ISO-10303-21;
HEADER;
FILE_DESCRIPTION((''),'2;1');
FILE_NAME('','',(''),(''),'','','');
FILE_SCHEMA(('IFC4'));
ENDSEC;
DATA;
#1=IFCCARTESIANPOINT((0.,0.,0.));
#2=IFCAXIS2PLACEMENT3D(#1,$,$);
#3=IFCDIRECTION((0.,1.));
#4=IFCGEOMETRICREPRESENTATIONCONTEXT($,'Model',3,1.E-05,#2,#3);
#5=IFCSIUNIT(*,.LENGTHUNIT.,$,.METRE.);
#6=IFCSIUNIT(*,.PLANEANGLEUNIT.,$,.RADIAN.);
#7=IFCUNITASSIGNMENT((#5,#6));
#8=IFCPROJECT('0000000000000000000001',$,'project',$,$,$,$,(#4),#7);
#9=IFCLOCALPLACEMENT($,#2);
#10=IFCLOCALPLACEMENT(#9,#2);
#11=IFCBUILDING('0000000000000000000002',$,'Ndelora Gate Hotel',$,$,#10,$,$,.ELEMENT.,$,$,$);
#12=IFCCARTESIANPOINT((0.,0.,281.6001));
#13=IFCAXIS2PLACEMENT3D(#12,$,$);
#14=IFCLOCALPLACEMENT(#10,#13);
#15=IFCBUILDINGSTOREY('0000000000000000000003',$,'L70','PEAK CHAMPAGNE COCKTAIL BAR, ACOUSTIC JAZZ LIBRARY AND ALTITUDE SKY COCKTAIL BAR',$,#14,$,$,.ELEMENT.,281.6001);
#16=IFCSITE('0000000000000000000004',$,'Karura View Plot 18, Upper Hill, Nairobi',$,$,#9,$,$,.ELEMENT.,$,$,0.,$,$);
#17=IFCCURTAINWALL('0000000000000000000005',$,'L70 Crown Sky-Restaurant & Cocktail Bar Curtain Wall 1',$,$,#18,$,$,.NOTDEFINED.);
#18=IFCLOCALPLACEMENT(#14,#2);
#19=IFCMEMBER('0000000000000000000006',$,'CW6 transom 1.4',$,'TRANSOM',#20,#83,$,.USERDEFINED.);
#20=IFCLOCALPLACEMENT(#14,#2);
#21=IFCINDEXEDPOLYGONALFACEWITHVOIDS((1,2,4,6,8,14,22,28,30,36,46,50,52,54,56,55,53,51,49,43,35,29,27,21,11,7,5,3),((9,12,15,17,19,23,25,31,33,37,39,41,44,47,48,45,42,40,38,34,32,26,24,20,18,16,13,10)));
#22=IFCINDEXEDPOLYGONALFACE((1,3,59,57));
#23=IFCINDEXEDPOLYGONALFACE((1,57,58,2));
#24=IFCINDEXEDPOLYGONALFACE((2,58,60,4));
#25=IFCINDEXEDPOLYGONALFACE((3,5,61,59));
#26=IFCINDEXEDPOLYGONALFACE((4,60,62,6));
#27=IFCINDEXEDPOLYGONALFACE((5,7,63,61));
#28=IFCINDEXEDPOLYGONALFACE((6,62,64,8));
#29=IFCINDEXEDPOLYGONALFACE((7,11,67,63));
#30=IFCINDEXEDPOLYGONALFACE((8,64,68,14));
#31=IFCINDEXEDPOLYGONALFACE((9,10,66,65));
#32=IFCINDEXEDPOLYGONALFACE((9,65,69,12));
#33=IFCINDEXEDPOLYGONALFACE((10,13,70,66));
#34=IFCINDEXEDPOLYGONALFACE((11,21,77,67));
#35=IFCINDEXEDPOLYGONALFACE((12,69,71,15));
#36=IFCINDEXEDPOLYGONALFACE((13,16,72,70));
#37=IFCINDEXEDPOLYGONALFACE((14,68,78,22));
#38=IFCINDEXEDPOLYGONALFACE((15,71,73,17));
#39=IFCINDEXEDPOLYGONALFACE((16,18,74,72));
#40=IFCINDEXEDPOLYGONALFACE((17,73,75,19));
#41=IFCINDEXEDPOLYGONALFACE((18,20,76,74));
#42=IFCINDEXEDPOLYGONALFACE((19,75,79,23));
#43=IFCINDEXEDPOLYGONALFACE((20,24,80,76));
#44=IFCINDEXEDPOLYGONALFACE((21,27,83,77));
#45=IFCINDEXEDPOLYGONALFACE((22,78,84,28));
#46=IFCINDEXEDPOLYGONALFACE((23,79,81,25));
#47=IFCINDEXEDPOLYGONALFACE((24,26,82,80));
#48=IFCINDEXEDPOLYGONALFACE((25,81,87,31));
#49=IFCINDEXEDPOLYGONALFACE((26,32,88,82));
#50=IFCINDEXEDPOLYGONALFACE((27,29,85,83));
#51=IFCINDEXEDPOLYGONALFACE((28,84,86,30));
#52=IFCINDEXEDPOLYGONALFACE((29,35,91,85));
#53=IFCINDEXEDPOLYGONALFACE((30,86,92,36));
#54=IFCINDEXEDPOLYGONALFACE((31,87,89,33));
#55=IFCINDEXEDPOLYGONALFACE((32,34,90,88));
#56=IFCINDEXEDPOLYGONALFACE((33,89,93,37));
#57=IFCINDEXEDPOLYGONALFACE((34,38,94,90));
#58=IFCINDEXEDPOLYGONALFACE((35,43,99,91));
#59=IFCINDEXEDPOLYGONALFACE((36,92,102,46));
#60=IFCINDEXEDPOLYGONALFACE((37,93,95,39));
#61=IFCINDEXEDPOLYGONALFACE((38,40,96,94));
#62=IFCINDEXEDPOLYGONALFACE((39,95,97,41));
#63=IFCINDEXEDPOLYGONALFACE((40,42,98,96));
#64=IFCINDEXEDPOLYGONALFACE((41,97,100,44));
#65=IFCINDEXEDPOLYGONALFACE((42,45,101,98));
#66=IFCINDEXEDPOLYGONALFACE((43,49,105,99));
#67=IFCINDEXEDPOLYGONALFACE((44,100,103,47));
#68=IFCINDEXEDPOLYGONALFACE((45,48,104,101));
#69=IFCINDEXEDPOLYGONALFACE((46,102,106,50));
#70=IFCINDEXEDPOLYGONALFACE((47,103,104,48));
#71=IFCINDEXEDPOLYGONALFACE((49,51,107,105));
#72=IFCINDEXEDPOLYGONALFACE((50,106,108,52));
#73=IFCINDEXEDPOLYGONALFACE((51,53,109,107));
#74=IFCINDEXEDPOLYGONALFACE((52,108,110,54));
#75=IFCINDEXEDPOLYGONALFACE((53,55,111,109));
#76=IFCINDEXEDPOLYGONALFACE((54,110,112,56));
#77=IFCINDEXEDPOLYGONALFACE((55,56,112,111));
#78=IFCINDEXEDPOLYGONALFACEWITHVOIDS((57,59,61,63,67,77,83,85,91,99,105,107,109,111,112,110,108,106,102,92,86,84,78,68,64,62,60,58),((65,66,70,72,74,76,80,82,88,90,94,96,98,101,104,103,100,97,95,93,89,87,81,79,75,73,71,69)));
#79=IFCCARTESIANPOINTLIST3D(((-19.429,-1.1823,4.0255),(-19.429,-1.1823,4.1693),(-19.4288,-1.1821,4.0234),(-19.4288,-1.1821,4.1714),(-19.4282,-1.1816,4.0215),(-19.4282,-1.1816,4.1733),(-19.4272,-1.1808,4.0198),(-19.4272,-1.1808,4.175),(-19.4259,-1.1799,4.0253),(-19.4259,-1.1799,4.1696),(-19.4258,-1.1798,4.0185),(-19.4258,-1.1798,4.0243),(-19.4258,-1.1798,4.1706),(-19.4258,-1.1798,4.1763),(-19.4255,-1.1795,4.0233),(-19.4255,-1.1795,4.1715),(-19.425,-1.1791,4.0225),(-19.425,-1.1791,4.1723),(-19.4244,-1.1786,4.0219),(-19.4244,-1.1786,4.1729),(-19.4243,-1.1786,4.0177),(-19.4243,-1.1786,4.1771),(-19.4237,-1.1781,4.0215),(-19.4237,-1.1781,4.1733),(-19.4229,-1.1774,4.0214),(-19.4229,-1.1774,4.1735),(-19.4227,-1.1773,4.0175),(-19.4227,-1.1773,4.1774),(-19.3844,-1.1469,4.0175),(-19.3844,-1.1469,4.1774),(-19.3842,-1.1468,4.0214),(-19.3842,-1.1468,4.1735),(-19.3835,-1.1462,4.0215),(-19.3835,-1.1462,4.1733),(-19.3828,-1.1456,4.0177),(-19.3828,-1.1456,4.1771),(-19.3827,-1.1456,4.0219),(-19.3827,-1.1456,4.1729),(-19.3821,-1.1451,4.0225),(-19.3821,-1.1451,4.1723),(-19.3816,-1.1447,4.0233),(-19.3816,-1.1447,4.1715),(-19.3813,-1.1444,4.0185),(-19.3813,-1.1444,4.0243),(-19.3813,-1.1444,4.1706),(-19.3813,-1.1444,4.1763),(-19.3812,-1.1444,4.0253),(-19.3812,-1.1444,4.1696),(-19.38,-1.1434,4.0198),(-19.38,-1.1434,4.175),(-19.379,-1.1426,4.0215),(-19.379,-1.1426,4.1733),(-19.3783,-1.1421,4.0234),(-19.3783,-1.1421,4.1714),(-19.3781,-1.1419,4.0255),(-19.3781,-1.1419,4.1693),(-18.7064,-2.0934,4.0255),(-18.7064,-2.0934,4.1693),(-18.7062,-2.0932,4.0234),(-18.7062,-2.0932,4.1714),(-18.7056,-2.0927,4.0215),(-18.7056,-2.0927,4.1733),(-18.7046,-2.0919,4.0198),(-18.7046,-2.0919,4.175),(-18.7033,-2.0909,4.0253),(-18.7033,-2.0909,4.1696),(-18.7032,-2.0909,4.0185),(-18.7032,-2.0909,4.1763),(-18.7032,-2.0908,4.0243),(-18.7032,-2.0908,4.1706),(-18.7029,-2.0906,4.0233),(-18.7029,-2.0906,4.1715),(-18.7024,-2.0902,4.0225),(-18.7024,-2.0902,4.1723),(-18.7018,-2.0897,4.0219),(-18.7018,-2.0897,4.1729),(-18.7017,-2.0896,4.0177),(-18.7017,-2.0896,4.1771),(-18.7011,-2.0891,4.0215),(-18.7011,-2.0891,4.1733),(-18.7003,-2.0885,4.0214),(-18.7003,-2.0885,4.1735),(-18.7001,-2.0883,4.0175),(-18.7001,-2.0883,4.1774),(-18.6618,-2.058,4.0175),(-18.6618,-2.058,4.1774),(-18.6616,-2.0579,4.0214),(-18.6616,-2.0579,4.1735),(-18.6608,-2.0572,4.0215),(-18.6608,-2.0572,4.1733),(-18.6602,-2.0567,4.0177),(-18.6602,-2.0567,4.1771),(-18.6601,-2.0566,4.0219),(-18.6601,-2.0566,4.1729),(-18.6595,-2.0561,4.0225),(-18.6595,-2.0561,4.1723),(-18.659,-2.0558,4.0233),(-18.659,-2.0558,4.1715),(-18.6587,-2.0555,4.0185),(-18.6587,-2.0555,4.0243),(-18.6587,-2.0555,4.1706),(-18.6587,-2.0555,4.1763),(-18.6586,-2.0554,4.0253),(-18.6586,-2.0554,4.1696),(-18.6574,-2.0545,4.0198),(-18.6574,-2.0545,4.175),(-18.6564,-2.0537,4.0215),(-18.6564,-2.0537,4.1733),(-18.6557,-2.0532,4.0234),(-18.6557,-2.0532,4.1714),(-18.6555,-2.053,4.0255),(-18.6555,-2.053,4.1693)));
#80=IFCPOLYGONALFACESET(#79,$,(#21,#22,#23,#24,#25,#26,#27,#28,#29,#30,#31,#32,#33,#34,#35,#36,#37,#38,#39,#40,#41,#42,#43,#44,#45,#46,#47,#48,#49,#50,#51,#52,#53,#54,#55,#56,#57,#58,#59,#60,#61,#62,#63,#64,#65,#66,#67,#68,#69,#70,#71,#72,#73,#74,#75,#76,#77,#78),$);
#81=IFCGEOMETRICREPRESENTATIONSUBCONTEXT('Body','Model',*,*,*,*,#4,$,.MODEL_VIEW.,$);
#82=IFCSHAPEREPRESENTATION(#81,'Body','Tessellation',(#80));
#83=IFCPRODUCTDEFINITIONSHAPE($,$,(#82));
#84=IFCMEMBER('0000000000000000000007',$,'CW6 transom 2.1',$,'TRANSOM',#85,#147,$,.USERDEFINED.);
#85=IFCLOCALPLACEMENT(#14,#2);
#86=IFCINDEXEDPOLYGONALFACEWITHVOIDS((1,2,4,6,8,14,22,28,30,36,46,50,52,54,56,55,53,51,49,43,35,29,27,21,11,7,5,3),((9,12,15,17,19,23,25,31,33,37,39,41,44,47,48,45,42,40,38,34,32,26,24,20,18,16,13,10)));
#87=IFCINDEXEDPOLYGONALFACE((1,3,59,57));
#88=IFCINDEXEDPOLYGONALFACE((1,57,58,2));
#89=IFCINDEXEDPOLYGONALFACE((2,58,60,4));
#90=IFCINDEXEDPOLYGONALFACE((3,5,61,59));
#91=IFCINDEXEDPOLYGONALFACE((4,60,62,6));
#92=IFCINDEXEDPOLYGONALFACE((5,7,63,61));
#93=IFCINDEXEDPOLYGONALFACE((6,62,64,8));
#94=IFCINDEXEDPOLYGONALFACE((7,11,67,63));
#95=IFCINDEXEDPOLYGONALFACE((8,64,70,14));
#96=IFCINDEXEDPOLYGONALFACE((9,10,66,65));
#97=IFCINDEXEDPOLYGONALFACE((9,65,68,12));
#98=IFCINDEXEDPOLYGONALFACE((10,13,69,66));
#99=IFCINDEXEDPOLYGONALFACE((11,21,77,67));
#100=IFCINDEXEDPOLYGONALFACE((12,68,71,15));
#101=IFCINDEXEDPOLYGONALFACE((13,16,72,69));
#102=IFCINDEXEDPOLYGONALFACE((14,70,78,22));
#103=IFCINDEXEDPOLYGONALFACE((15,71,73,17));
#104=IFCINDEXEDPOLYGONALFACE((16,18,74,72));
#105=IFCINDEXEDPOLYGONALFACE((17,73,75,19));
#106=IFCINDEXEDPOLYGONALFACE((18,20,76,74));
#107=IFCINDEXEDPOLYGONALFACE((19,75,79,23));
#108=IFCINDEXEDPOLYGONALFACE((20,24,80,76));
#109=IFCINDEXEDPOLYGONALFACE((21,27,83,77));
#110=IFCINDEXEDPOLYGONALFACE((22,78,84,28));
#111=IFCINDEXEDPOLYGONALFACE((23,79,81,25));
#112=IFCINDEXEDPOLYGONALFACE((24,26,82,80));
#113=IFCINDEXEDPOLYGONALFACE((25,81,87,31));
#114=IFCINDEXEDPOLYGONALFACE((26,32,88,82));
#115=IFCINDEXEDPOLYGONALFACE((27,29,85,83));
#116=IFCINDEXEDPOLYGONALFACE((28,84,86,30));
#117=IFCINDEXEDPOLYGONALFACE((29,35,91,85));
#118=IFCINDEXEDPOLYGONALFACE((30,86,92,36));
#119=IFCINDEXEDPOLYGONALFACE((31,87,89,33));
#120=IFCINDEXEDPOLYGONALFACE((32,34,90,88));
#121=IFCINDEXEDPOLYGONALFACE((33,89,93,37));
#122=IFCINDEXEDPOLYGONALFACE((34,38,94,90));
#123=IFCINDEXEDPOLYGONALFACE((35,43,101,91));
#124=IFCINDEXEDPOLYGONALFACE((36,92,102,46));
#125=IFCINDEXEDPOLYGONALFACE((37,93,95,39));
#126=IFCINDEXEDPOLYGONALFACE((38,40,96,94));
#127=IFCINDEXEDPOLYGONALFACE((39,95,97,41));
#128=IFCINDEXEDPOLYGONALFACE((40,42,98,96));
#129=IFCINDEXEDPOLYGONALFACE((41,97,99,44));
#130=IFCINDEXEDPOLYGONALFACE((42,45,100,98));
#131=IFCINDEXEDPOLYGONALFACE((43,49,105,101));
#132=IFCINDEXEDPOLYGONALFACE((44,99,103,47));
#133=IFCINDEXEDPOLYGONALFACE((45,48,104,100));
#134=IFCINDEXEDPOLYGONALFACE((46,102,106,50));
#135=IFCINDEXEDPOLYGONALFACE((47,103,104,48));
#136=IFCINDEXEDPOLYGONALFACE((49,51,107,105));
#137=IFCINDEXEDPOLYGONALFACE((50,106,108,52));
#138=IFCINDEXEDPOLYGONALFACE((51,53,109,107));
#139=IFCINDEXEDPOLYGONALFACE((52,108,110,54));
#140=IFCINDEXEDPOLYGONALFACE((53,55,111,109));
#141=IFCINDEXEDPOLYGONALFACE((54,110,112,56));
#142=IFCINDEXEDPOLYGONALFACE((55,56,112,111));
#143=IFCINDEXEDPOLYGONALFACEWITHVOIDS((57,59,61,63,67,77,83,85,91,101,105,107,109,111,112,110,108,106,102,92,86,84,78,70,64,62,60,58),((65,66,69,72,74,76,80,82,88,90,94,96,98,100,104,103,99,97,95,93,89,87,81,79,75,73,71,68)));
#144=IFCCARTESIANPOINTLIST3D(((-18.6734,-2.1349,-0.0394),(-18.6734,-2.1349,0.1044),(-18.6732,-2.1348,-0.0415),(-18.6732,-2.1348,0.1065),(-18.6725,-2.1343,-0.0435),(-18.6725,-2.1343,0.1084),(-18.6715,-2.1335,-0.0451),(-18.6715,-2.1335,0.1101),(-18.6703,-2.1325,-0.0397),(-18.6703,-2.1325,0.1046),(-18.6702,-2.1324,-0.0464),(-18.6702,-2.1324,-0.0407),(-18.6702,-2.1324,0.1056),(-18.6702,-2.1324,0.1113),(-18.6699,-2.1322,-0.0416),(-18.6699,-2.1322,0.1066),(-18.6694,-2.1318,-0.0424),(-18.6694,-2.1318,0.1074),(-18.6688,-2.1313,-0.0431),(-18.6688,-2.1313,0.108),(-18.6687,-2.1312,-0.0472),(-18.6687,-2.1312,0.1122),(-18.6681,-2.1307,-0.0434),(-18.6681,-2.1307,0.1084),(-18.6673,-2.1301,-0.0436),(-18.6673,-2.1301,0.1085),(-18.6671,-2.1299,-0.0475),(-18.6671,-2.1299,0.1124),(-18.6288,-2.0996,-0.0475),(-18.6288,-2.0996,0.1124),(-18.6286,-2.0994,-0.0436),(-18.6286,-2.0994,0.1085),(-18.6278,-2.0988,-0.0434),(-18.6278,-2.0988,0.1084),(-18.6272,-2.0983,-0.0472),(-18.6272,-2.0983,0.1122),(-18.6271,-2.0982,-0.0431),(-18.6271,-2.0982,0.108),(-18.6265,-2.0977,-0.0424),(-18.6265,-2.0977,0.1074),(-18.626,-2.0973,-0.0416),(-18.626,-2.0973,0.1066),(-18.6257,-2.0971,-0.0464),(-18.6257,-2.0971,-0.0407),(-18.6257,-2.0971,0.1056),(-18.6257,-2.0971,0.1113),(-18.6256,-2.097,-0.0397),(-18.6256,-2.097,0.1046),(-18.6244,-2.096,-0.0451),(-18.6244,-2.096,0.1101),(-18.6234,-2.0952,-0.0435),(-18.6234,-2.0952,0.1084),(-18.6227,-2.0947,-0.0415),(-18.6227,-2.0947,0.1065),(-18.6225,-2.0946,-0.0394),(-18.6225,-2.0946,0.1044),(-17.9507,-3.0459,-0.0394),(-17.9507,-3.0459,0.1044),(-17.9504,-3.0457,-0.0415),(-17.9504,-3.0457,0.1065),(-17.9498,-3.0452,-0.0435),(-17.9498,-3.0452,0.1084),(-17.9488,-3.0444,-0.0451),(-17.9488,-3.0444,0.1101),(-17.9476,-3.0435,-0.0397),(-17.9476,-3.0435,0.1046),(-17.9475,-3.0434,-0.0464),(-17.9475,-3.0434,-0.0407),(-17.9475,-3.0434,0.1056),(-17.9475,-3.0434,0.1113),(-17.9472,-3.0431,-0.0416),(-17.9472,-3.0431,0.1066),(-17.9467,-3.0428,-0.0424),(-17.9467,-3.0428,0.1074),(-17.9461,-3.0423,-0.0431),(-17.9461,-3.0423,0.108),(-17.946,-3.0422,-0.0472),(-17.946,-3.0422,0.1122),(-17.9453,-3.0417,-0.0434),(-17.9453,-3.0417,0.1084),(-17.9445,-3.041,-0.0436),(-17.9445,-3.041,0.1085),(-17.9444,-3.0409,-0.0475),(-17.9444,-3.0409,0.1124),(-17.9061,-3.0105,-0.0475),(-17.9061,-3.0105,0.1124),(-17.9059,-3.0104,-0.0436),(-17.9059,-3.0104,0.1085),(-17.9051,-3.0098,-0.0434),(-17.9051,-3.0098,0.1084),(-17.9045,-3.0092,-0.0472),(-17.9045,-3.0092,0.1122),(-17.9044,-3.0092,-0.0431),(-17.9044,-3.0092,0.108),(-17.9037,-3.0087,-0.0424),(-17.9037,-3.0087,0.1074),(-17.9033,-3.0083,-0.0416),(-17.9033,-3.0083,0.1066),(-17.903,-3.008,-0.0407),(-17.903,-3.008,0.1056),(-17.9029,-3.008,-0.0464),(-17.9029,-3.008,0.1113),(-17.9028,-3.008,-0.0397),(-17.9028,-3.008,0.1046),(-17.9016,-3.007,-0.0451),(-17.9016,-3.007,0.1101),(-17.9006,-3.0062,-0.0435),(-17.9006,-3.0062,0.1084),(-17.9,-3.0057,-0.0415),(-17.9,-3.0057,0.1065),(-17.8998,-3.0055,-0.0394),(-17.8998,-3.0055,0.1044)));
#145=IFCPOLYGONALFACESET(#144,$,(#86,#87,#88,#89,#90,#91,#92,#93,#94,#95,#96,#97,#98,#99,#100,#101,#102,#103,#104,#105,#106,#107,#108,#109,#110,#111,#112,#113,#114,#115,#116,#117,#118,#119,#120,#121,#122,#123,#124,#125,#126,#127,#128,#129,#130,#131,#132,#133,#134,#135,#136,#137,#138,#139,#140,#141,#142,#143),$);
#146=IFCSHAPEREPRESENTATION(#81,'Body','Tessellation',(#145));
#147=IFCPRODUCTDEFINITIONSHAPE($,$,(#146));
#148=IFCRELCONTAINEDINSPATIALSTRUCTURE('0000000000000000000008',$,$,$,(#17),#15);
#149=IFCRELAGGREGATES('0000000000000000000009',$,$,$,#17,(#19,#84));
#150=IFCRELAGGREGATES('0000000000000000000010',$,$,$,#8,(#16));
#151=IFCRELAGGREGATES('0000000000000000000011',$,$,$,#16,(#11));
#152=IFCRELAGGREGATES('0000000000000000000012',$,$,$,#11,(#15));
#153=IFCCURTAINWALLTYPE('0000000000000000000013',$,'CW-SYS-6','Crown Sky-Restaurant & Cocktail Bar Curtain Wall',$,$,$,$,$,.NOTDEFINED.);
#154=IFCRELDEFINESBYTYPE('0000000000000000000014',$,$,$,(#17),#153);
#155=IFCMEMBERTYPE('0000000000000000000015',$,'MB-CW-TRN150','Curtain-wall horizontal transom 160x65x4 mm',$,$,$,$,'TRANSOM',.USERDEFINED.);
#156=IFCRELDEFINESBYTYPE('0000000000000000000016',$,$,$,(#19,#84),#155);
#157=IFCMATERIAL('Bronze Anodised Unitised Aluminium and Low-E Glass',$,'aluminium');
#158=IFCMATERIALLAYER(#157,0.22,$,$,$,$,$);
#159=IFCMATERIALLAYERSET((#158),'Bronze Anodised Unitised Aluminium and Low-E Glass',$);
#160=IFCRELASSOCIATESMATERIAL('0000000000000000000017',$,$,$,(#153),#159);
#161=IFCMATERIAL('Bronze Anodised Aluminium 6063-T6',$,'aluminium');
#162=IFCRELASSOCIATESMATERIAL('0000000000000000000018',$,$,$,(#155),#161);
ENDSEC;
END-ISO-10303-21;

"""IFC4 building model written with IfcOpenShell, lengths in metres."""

from ifc_helpers import new_model, si_unit, direction, frame, origin, origin_2d, place, context, subcontext, project, spatial, hollow_rectangle, extrude, material, layer, layer_set, material_profile, profile_set, type_object, element, aggregate, save


model = new_model("IFC4")

# Units and contexts
model_context = context("Model", 3, precision=1e-05, world=origin(), true_north=direction((0.0, 1.0)))
body_context = subcontext(model_context, "Body", "Model", "MODEL_VIEW")
ifc_project = project(units=[si_unit("LENGTHUNIT", "METRE"), si_unit("PLANEANGLEUNIT", "RADIAN")], contexts=[model_context])

# Site, building, storey
site_placement = place(None, origin())
site = spatial("IfcSite", under=ifc_project, at=site_placement, Name="Karura View Plot 18, Upper Hill, Nairobi", CompositionType="ELEMENT", RefElevation=0.0)
building_placement = place(site_placement, origin())
building = spatial("IfcBuilding", under=site, at=building_placement, Name="Ndelora Gate Hotel", CompositionType="ELEMENT")
storey_placement = place(building_placement, frame((0.0, 0.0, 281.6001)))
storey = spatial("IfcBuildingStorey", under=building, at=storey_placement, Name="L70", Description="PEAK CHAMPAGNE COCKTAIL BAR, ACOUSTIC JAZZ LIBRARY AND ALTITUDE SKY COCKTAIL BAR", CompositionType="ELEMENT", Elevation=281.6001)

# Curtain wall, members
ifc_material_1 = material(Name="Bronze Anodised Unitised Aluminium and Low-E Glass", Category="aluminium")
ifc_layer_1 = layer(ifc_material_1, 0.22)
ifc_layer_set_1 = layer_set([ifc_layer_1], Name="Bronze Anodised Unitised Aluminium and Low-E Glass")
curtain_wall_type = type_object("IfcCurtainWallType", Name="CW-SYS-6", Description="Crown Sky-Restaurant & Cocktail Bar Curtain Wall", PredefinedType="NOTDEFINED", material=ifc_layer_set_1)
curtain_wall_placement = place(storey_placement, origin())
curtain_wall = element("IfcCurtainWall", 1, at=curtain_wall_placement, inside=storey, type_object=curtain_wall_type, Name="L70 Crown Sky-Restaurant & Cocktail Bar Curtain Wall 1", PredefinedType="NOTDEFINED")
ifc_material_2 = material(Name="Bronze Anodised Aluminium 6063-T6", Category="aluminium")
ifc_material_profile_1 = material_profile(ifc_material_2, hollow_rectangle(XDim=0.0649, YDim=0.1599, WallThickness=0.0039, InnerFilletRadius=0.0039, OuterFilletRadius=0.0081, at=origin_2d()), Name="ALU 160x65x4")
ifc_profile_set_1 = profile_set([ifc_material_profile_1], Name="Bronze Anodised Aluminium 6063-T6")
member_type_1 = type_object("IfcMemberType", Name="MB-CW-TRN150", Description="Curtain-wall horizontal transom 160x65x4 mm", ElementType="TRANSOM", PredefinedType="USERDEFINED", material=ifc_profile_set_1)
member_1_placement = place(storey_placement, frame((-19.4036, -1.1621, 4.0974), z_axis=(0.621412, -0.783484, 0.0), x_axis=(0.783484, 0.621412, 0.0)))
member_1 = element("IfcMember", 2, at=member_1_placement, type_object=member_type_1, Name="CW6 transom 1.4", ObjectType="TRANSOM", PredefinedType="USERDEFINED", context=body_context, shape_type="SweptSolid", body=[
    extrude(hollow_rectangle(XDim=0.0649, YDim=0.1599, WallThickness=0.0039, InnerFilletRadius=0.0039, OuterFilletRadius=0.0081, at=origin_2d()), origin(), (0.0, 0.0, 1.0), 1.1628),
])
member_2_placement = place(storey_placement, frame((-18.6479, -2.1147, 0.0325), z_axis=(0.621515, -0.783402, 0.0), x_axis=(0.783402, 0.621515, 0.0)))
member_2 = element("IfcMember", 3, at=member_2_placement, type_object=member_type_1, Name="CW6 transom 2.1", ObjectType="TRANSOM", PredefinedType="USERDEFINED", context=body_context, shape_type="SweptSolid", body=[
    extrude(hollow_rectangle(XDim=0.0649, YDim=0.1599, WallThickness=0.0039, InnerFilletRadius=0.0039, OuterFilletRadius=0.0081, at=origin_2d()), origin(), (0.0, 0.0, 1.0), 1.1628),
])
aggregate(curtain_wall, [member_1, member_2])

save(model, "model.ifc")
